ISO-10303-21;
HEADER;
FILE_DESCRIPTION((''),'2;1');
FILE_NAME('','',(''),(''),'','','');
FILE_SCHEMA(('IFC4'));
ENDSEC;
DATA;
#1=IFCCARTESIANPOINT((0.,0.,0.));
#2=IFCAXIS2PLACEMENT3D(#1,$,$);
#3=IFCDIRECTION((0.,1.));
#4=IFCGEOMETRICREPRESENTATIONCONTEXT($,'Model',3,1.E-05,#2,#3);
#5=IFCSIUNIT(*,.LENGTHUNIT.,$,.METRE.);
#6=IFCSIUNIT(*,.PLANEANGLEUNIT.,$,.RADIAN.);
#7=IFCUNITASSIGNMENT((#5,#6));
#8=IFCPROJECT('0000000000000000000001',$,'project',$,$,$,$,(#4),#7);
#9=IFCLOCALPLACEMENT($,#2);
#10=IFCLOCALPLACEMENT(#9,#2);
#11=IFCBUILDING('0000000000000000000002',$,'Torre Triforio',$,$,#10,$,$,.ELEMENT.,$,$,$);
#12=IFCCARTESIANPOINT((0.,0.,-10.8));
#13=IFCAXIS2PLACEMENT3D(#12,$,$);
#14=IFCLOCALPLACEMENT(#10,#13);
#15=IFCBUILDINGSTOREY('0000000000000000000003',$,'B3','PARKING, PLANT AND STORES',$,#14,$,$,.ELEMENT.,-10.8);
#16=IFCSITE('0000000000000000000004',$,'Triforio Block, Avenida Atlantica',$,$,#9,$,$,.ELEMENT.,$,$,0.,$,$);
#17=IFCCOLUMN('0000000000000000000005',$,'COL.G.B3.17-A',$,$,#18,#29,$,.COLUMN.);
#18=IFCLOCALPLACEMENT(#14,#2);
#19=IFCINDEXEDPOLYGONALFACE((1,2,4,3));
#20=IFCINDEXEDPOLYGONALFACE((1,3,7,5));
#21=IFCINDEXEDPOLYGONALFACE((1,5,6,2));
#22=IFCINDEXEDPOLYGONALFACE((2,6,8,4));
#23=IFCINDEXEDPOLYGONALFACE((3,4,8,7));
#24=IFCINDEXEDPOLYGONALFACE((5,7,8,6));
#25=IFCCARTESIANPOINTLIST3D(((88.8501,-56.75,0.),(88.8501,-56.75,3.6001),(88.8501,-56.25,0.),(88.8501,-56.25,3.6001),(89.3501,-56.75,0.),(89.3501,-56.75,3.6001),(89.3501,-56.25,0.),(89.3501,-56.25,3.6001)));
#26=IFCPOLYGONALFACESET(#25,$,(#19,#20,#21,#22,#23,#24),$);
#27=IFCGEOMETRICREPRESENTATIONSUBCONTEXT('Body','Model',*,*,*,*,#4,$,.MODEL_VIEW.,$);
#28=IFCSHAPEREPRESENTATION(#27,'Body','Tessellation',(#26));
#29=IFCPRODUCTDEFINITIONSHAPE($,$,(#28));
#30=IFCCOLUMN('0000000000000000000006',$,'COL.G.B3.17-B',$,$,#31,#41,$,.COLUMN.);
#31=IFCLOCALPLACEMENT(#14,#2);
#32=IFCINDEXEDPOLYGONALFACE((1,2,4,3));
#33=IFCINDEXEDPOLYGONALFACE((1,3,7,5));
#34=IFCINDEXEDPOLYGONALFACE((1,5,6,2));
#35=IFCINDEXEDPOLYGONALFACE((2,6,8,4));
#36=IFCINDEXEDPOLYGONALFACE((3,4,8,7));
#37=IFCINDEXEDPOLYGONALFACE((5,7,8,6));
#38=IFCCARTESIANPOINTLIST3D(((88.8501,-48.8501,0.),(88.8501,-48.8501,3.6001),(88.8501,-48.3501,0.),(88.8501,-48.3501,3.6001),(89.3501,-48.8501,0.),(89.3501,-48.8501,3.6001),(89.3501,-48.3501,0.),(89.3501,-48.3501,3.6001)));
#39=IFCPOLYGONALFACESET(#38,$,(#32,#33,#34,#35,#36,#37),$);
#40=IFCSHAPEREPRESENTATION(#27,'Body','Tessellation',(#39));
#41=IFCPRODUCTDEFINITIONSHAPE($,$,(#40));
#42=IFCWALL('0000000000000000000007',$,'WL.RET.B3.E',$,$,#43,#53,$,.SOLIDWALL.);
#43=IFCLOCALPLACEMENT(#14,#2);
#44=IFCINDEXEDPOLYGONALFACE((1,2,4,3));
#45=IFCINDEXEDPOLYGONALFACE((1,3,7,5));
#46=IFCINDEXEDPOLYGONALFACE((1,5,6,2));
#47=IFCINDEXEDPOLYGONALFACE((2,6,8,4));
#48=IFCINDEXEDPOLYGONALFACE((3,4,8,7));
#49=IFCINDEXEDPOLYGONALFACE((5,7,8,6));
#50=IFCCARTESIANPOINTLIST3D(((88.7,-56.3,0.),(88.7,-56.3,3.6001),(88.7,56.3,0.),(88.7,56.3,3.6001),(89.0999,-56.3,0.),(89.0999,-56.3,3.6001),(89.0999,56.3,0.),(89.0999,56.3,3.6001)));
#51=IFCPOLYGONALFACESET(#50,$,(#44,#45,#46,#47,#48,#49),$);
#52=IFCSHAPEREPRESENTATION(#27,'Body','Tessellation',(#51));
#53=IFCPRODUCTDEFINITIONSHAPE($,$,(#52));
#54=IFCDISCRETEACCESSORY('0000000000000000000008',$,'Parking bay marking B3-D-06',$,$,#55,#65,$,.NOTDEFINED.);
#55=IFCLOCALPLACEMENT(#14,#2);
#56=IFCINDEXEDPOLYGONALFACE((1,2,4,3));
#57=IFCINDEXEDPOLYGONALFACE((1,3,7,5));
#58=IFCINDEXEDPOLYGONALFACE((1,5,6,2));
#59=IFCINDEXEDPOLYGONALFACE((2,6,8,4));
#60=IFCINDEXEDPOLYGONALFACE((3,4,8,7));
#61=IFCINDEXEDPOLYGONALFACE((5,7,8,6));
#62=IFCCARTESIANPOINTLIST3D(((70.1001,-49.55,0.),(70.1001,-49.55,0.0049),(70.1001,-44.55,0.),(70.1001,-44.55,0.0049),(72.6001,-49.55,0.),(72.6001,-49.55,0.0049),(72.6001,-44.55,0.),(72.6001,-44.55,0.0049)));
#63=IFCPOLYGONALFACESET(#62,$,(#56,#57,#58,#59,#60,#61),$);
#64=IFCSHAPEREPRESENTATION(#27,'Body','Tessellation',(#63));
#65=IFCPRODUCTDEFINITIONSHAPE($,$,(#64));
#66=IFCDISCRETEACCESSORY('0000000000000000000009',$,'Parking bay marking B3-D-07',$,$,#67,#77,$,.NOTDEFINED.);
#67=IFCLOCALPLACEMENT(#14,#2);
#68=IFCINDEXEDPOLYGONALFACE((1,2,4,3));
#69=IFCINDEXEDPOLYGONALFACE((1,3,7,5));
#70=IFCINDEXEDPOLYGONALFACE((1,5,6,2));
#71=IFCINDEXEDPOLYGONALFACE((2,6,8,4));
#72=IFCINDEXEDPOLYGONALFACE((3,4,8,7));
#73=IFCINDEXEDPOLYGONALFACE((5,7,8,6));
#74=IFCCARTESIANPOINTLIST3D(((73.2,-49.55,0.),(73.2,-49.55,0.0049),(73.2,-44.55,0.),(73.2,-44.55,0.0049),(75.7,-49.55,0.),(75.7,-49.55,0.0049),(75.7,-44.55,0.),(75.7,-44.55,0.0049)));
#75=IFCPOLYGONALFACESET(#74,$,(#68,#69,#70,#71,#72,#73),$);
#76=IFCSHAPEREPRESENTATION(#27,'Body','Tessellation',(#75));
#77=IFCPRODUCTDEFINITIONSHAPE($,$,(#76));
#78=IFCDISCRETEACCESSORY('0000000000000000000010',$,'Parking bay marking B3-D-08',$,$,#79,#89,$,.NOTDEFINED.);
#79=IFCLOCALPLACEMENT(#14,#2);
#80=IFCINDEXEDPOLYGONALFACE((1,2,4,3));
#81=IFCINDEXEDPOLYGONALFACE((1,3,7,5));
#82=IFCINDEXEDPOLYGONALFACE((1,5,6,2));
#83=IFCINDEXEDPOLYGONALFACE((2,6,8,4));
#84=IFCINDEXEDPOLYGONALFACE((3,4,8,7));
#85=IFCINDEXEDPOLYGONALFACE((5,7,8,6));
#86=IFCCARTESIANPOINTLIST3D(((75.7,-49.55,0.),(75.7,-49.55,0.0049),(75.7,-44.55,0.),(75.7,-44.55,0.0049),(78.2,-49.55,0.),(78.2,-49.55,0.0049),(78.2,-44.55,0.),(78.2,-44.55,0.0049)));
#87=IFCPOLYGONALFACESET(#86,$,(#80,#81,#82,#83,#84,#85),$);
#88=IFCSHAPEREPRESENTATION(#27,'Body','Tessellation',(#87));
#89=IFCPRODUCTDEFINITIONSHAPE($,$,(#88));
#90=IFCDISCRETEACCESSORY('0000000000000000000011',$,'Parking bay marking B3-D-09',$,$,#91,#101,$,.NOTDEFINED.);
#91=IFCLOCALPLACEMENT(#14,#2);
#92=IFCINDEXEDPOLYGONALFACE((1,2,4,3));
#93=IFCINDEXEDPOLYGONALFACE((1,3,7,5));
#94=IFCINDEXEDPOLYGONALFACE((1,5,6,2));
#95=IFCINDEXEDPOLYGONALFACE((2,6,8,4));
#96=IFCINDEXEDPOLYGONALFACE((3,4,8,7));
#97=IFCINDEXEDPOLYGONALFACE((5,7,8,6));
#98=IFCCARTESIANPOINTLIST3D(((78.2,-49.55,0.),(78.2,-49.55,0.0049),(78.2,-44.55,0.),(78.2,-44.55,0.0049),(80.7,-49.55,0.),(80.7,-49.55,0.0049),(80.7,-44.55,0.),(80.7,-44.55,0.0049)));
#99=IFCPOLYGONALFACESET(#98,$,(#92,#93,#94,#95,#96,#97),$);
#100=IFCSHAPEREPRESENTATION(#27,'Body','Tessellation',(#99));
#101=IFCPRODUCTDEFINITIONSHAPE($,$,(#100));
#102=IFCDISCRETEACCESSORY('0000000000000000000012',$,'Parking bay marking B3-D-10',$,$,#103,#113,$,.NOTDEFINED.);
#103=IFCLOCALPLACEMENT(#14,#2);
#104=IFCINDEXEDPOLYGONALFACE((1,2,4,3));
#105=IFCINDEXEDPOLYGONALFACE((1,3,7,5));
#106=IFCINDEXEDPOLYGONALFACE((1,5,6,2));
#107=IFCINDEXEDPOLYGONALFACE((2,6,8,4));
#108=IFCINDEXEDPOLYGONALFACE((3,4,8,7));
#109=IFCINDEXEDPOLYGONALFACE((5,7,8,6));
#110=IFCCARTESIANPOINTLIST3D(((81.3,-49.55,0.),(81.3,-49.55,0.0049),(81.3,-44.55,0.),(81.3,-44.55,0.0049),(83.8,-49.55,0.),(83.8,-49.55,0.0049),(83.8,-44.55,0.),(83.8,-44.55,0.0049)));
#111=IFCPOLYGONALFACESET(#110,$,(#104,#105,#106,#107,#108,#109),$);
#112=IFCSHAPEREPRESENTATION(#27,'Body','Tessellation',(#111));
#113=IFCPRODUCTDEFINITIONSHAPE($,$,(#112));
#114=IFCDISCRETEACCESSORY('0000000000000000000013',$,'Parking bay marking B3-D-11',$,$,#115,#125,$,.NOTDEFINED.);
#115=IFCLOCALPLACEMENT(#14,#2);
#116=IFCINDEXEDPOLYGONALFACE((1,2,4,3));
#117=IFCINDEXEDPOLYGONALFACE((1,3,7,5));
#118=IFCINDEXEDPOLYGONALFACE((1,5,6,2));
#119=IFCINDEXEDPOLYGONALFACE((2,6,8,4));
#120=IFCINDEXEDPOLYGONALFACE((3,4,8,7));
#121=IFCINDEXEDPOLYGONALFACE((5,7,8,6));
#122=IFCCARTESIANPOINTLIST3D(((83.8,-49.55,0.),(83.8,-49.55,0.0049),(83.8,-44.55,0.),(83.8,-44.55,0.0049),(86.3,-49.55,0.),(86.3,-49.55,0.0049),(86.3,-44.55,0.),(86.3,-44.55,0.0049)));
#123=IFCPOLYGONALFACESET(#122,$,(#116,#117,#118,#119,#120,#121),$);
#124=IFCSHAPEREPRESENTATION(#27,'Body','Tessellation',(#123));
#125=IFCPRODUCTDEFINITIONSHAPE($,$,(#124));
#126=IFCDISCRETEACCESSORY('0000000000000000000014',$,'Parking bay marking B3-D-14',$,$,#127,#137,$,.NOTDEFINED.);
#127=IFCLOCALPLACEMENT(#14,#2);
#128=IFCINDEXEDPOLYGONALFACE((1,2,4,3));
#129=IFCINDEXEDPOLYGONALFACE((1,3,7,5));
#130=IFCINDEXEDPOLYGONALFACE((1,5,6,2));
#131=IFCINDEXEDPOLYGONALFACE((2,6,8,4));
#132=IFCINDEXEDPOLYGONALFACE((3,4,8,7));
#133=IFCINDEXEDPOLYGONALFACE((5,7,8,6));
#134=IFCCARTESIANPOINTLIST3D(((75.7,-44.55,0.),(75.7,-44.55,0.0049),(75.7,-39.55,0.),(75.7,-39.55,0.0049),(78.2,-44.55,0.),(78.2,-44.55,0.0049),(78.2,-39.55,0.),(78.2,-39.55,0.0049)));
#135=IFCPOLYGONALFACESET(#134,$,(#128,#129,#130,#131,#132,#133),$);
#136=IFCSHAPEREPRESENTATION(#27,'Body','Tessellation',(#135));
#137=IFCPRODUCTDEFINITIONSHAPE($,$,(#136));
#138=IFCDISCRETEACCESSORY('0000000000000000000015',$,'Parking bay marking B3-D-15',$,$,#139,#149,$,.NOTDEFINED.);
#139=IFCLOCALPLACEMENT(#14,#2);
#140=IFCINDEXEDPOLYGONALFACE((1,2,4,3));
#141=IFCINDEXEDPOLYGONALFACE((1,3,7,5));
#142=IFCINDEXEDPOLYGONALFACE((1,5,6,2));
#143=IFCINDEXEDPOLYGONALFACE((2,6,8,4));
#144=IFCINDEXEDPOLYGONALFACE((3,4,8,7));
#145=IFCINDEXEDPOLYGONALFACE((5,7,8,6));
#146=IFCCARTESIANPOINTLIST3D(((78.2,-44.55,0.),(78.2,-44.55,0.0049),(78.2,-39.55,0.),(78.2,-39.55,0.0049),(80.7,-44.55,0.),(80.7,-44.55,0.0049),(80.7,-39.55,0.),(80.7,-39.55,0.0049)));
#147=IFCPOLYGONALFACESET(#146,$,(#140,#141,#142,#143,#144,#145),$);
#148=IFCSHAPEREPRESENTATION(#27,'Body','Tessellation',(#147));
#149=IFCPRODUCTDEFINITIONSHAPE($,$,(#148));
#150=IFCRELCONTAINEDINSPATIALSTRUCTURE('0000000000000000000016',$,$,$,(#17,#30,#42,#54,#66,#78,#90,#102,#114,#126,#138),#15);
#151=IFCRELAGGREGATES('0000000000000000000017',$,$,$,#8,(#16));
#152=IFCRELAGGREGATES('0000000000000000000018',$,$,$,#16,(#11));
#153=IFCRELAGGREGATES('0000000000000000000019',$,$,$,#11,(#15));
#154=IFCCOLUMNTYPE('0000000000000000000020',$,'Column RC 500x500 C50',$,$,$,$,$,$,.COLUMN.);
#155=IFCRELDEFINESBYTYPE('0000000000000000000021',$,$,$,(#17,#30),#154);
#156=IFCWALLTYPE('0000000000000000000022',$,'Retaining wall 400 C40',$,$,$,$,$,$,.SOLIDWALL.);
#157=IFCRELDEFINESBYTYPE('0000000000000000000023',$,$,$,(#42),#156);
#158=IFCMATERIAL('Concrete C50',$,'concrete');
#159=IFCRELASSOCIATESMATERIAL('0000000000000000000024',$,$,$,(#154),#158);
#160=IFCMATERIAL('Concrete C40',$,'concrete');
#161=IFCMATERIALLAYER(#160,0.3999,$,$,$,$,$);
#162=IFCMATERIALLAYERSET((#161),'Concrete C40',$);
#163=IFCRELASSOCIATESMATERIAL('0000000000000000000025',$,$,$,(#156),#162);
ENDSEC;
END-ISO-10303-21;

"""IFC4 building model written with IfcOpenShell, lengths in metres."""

from ifc_helpers import new_model, si_unit, direction, frame, frame_2d, origin, origin_2d, place, context, subcontext, project, spatial, rectangle, extrude, material, layer, layer_set, material_profile, profile_set, type_object, element, save


model = new_model("IFC4")

# Units and contexts
model_context = context("Model", 3, precision=1e-05, world=origin(), true_north=direction((0.0, 1.0)))
body_context = subcontext(model_context, "Body", "Model", "MODEL_VIEW")
ifc_project = project(units=[si_unit("LENGTHUNIT", "METRE"), si_unit("PLANEANGLEUNIT", "RADIAN")], contexts=[model_context])

# Site, building, storey
site_placement = place(None, origin())
site = spatial("IfcSite", under=ifc_project, at=site_placement, Name="Triforio Block, Avenida Atlantica", CompositionType="ELEMENT", RefElevation=0.0)
building_placement = place(site_placement, origin())
building = spatial("IfcBuilding", under=site, at=building_placement, Name="Torre Triforio", CompositionType="ELEMENT")
storey_placement = place(building_placement, frame((0.0, 0.0, -10.8)))
storey = spatial("IfcBuildingStorey", under=building, at=storey_placement, Name="B3", Description="PARKING, PLANT AND STORES", CompositionType="ELEMENT", Elevation=-10.8)

# Shared definitions
ifc_material_1 = material(Name="Concrete C50", Category="concrete")

# Columns
ifc_material_profile_1 = material_profile(ifc_material_1, rectangle(XDim=0.5, YDim=0.5, at=origin_2d()), Name="RC 500x500")
ifc_profile_set_1 = profile_set([ifc_material_profile_1], Name="Concrete C50")
column_type = type_object("IfcColumnType", Name="Column RC 500x500 C50", PredefinedType="COLUMN", material=ifc_profile_set_1)
for number, where, z_axis, x_axis, name in (
    (1, (89.1001, -56.5, 0.0), (0.0, 0.0, 1.0), (1.0, 0.0, 0.0), "COL.G.B3.17-A"),
    (2, (89.1001, -48.6001, 0.0), (0.0, 0.0, 1.0), (1.0, 0.0, 0.0), "COL.G.B3.17-B"),
):
    element("IfcColumn", number, at=place(storey_placement, frame(where, z_axis=z_axis, x_axis=x_axis)), inside=storey, type_object=column_type, Name=name, PredefinedType="COLUMN", context=body_context, shape_type="SweptSolid", body=[
        extrude(rectangle(XDim=0.5, YDim=0.5, at=origin_2d()), origin(), (0.0, 0.0, 1.0), 3.6001),
    ])

# Wall
ifc_material_2 = material(Name="Concrete C40", Category="concrete")
ifc_layer = layer(ifc_material_2, 0.3999)
ifc_layer_set = layer_set([ifc_layer], Name="Concrete C40")
wall_type = type_object("IfcWallType", Name="Retaining wall 400 C40", PredefinedType="SOLIDWALL", material=ifc_layer_set)
wall_placement = place(storey_placement, frame((88.8999, -56.3, 0.0), z_axis=(0.0, 0.0, 1.0), x_axis=(0.0, 1.0, 0.0)))
element("IfcWall", 3, at=wall_placement, inside=storey, type_object=wall_type, Name="WL.RET.B3.E", PredefinedType="SOLIDWALL", context=body_context, shape_type="SweptSolid", body=[
    extrude(rectangle(XDim=112.6001, YDim=0.3999, at=frame_2d((56.3, 0.0))), origin(), (0.0, 0.0, 1.0), 3.6001),
])

# Discrete accessories
for number, where, z_axis, x_axis, name in (
    (4, (71.3501, -47.05, 0.0), (0.0, 0.0, 1.0), (1.0, 0.0, 0.0), "Parking bay marking B3-D-06"),
    (5, (74.45, -47.05, 0.0), (0.0, 0.0, 1.0), (1.0, 0.0, 0.0), "Parking bay marking B3-D-07"),
    (6, (76.95, -47.05, 0.0), (0.0, 0.0, 1.0), (1.0, 0.0, 0.0), "Parking bay marking B3-D-08"),
    (7, (79.45, -47.05, 0.0), (0.0, 0.0, 1.0), (1.0, 0.0, 0.0), "Parking bay marking B3-D-09"),
    (8, (82.55, -47.05, 0.0), (0.0, 0.0, 1.0), (1.0, 0.0, 0.0), "Parking bay marking B3-D-10"),
    (9, (85.05, -47.05, 0.0), (0.0, 0.0, 1.0), (1.0, 0.0, 0.0), "Parking bay marking B3-D-11"),
    (10, (76.95, -42.05, 0.0), (0.0, 0.0, 1.0), (1.0, 0.0, 0.0), "Parking bay marking B3-D-14"),
    (11, (79.45, -42.05, 0.0), (0.0, 0.0, 1.0), (1.0, 0.0, 0.0), "Parking bay marking B3-D-15"),
):
    element("IfcDiscreteAccessory", number, at=place(storey_placement, frame(where, z_axis=z_axis, x_axis=x_axis)), inside=storey, Name=name, PredefinedType="NOTDEFINED", context=body_context, shape_type="SweptSolid", body=[
        extrude(rectangle(XDim=2.5, YDim=5.0, at=origin_2d()), origin(), (0.0, 0.0, 1.0), 0.0049),
    ])

save(model, "model.ifc")
